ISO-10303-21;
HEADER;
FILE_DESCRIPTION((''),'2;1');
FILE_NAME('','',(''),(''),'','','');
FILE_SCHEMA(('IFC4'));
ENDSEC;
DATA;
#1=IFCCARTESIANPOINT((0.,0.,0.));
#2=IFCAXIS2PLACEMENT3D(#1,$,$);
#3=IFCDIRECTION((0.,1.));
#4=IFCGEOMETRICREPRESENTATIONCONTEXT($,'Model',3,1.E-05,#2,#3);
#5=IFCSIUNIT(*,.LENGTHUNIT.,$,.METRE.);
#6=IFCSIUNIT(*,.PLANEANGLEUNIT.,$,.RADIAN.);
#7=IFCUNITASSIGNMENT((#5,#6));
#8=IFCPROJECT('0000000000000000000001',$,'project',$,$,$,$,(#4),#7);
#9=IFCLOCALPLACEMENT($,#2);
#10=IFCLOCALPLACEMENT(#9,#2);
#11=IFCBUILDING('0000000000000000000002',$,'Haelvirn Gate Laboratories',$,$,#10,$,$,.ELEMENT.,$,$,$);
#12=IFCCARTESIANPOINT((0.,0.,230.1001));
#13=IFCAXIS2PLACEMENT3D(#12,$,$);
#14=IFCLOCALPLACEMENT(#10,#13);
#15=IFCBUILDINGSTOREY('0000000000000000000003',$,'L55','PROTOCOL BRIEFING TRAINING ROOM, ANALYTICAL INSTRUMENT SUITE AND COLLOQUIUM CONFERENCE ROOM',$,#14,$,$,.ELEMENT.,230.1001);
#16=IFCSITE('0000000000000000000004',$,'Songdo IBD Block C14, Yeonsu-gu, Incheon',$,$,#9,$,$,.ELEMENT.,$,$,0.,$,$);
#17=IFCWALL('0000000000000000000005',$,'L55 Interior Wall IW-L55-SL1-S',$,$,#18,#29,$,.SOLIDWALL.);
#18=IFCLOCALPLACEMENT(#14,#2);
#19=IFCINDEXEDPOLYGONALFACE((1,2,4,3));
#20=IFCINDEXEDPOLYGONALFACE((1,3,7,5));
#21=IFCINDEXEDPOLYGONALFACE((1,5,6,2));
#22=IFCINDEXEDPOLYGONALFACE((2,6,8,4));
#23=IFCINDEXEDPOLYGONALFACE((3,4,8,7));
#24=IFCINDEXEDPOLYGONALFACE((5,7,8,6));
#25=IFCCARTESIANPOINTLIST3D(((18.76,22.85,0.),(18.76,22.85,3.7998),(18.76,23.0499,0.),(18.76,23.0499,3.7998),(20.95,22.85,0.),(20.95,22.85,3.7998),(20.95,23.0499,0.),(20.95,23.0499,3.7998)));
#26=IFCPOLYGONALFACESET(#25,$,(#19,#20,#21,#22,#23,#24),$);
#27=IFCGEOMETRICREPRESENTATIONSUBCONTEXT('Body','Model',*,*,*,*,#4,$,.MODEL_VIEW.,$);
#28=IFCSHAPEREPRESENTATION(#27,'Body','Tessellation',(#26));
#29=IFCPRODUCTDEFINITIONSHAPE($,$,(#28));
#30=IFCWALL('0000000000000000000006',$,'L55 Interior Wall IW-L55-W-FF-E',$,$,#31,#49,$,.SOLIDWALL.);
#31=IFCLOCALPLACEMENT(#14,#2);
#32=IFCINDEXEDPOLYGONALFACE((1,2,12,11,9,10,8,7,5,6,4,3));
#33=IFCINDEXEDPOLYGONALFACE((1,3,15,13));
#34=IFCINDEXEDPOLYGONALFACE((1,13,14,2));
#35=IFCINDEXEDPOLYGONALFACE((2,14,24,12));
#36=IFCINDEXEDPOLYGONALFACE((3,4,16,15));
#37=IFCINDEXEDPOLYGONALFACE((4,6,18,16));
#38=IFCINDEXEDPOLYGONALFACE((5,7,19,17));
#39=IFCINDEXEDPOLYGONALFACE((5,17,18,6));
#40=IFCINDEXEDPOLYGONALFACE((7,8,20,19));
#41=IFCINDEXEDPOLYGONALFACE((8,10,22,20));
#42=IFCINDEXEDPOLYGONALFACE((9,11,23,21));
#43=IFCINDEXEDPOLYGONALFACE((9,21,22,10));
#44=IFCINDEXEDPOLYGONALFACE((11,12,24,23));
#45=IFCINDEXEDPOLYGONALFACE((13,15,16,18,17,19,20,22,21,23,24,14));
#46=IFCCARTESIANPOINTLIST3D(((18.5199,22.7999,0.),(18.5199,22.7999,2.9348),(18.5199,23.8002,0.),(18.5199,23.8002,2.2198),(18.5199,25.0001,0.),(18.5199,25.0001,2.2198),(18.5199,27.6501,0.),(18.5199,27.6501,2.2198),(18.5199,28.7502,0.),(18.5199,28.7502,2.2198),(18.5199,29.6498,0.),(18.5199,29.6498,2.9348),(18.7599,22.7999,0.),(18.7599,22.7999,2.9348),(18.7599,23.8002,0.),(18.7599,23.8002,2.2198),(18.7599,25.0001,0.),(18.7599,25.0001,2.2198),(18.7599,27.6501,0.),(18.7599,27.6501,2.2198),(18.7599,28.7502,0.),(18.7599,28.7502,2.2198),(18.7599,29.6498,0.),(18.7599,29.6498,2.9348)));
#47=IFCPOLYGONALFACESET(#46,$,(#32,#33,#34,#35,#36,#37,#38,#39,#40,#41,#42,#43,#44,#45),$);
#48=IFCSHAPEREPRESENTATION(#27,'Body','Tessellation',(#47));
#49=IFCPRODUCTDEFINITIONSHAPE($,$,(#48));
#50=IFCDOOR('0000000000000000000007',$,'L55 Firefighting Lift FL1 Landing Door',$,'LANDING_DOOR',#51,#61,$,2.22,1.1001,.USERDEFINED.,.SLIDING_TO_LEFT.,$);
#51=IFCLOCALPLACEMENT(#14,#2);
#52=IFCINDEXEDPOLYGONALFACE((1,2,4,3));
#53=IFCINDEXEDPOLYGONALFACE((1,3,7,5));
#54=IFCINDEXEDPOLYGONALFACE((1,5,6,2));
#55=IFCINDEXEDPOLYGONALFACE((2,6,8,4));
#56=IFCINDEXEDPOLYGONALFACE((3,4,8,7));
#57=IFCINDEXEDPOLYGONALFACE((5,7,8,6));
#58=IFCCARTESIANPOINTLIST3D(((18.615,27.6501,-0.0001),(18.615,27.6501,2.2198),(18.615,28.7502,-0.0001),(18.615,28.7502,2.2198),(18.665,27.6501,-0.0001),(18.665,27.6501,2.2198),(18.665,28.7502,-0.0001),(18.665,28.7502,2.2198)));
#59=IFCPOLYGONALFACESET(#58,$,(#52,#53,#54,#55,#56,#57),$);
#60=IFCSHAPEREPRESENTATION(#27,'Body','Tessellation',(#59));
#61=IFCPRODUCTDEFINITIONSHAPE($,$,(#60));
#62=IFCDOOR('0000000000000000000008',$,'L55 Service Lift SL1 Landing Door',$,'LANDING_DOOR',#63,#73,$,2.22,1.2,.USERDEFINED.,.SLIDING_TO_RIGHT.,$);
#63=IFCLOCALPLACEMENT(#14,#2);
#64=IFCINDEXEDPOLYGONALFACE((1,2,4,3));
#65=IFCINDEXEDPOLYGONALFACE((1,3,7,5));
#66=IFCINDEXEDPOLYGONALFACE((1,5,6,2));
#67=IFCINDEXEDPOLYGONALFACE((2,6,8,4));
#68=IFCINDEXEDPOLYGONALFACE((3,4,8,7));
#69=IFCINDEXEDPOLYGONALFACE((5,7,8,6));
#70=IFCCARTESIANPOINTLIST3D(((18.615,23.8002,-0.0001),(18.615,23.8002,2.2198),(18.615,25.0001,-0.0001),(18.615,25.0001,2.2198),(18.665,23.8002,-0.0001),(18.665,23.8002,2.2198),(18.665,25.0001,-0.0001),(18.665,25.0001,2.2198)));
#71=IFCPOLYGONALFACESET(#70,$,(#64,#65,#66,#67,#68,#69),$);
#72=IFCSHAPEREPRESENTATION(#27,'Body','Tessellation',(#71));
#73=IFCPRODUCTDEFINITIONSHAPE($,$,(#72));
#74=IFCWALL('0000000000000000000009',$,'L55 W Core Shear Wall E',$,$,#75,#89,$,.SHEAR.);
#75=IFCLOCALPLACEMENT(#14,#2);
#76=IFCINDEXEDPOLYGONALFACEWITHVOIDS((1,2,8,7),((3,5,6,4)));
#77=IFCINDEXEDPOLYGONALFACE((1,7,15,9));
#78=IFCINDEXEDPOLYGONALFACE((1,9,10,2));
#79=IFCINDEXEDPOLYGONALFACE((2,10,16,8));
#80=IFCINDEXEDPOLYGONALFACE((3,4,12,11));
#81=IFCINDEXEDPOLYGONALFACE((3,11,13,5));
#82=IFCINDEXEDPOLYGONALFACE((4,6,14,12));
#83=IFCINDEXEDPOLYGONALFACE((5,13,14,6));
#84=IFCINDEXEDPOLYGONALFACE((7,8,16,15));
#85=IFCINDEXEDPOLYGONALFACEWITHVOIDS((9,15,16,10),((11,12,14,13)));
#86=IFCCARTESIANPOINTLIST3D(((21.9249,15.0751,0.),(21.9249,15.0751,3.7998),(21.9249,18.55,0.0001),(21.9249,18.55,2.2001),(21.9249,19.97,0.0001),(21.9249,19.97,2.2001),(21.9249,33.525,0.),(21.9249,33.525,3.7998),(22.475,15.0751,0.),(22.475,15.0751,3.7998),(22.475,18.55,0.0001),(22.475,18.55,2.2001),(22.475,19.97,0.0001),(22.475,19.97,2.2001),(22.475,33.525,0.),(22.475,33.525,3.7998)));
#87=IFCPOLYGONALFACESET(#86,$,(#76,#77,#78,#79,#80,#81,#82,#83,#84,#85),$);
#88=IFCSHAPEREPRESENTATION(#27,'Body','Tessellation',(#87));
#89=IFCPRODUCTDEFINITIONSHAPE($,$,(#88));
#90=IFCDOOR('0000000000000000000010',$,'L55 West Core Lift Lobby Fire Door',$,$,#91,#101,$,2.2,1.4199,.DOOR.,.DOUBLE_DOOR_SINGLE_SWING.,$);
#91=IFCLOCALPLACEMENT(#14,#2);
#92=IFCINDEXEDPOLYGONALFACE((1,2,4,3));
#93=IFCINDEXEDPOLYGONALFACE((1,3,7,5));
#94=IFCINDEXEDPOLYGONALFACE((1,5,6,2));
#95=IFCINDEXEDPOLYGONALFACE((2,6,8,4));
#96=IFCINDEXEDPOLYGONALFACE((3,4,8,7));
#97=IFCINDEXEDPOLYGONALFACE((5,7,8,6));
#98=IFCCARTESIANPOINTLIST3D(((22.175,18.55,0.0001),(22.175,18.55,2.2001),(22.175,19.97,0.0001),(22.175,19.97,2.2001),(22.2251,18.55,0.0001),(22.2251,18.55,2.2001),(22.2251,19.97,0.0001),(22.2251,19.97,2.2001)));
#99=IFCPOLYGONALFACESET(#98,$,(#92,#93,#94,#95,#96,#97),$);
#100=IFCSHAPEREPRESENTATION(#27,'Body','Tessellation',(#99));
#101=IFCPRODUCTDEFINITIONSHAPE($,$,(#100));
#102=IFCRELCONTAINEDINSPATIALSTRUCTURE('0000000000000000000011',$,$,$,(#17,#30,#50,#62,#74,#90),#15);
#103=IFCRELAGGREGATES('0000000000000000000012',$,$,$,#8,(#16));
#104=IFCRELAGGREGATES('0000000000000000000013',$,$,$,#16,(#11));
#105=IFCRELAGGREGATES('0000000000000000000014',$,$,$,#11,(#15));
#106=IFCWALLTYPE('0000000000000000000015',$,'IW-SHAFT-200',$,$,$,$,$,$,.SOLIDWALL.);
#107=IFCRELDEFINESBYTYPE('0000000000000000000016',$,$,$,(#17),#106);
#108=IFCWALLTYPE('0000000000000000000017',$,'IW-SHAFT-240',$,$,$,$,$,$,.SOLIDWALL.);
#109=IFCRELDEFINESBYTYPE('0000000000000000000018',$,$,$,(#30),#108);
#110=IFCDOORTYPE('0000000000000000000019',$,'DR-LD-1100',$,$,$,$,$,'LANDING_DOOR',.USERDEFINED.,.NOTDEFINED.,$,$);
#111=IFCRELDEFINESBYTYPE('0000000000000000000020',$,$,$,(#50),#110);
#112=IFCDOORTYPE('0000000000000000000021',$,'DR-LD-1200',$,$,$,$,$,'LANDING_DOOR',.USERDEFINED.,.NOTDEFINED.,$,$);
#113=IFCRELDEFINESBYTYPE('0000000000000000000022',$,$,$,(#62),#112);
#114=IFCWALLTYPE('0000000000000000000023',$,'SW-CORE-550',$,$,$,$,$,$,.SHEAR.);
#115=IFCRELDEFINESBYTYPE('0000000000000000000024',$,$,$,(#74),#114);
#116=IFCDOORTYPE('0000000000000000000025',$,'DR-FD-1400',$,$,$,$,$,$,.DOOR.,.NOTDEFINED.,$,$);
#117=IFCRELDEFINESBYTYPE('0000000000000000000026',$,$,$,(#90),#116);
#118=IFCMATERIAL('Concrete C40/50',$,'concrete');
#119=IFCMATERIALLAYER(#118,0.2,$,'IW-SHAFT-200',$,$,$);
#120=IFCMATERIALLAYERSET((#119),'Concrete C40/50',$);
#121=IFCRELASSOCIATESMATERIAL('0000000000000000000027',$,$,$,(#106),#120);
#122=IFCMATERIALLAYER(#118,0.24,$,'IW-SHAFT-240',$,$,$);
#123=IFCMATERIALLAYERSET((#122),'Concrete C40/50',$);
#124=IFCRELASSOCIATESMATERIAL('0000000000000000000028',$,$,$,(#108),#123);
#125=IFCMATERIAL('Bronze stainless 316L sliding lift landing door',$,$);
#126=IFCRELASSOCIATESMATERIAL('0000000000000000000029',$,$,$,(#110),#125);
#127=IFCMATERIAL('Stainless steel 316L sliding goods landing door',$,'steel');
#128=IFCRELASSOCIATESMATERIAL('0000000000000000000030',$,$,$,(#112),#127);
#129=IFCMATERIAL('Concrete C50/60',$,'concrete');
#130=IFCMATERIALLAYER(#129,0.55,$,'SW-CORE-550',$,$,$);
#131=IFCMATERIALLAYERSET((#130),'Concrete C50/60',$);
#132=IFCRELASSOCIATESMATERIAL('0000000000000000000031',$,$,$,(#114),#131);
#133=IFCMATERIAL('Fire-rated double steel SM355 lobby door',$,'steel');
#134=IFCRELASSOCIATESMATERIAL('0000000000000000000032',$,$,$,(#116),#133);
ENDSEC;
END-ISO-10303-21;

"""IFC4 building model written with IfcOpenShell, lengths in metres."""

from ifc_helpers import new_model, si_unit, direction, frame, frame_2d, origin, place, context, subcontext, project, spatial, rectangle, extrude, source, transform, mapped, material, layer, layer_set, type_object, type_shapes, element, fill, save


model = new_model("IFC4")

# Units and contexts
model_context = context("Model", 3, precision=1e-05, world=origin(), true_north=direction((0.0, 1.0)))
body_context = subcontext(model_context, "Body", "Model", "MODEL_VIEW")
ifc_project = project(units=[si_unit("LENGTHUNIT", "METRE"), si_unit("PLANEANGLEUNIT", "RADIAN")], contexts=[model_context])

# Site, building, storey
site_placement = place(None, origin())
site = spatial("IfcSite", under=ifc_project, at=site_placement, Name="Songdo IBD Block C14, Yeonsu-gu, Incheon", CompositionType="ELEMENT", RefElevation=0.0)
building_placement = place(site_placement, origin())
building = spatial("IfcBuilding", under=site, at=building_placement, Name="Haelvirn Gate Laboratories", CompositionType="ELEMENT")
storey_placement = place(building_placement, frame((0.0, 0.0, 230.1001)))
storey = spatial("IfcBuildingStorey", under=building, at=storey_placement, Name="L55", Description="PROTOCOL BRIEFING TRAINING ROOM, ANALYTICAL INSTRUMENT SUITE AND COLLOQUIUM CONFERENCE ROOM", CompositionType="ELEMENT", Elevation=230.1001)

# Wall
ifc_material_1 = material(Name="Concrete C40/50", Category="concrete")
ifc_layer_1 = layer(ifc_material_1, 0.2, Name="IW-SHAFT-200")
ifc_layer_set_1 = layer_set([ifc_layer_1], Name="Concrete C40/50")
wall_type_1 = type_object("IfcWallType", Name="IW-SHAFT-200", PredefinedType="SOLIDWALL", material=ifc_layer_set_1)
wall_1_placement = place(storey_placement, frame((18.76, 22.95, 0.0), z_axis=(0.0, 0.0, 1.0), x_axis=(1.0, 0.0, 0.0)))
element("IfcWall", 1, at=wall_1_placement, inside=storey, type_object=wall_type_1, Name="L55 Interior Wall IW-L55-SL1-S", PredefinedType="SOLIDWALL", context=body_context, shape_type="SweptSolid", body=[
    extrude(rectangle(XDim=2.1899, YDim=0.2, at=frame_2d((1.095, 0.0))), origin(), (0.0, 0.0, 1.0), 3.7998),
])

# Wall, openings, doors
ifc_layer_2 = layer(ifc_material_1, 0.24, Name="IW-SHAFT-240")
ifc_layer_set_2 = layer_set([ifc_layer_2], Name="Concrete C40/50")
wall_type_2 = type_object("IfcWallType", Name="IW-SHAFT-240", PredefinedType="SOLIDWALL", material=ifc_layer_set_2)
wall_2_placement = place(storey_placement, frame((18.6399, 22.8, 0.0), z_axis=(0.0, 0.0, 1.0), x_axis=(0.0, 1.0, 0.0)))
wall_2 = element("IfcWall", 2, at=wall_2_placement, inside=storey, type_object=wall_type_2, Name="L55 Interior Wall IW-L55-W-FF-E", PredefinedType="SOLIDWALL", context=body_context, shape_type="SweptSolid", body=[
    extrude(rectangle(XDim=6.8499, YDim=0.24, at=frame_2d((3.4248, 0.0))), origin(), (0.0, 0.0, 1.0), 2.9348),
])
opening_1_placement = place(wall_2_placement, frame((4.8501, 0.0, 0.0)))
opening_1 = element("IfcOpeningElement", 3, at=opening_1_placement, cuts=wall_2, PredefinedType="OPENING", context=body_context, shape_type="SweptSolid", body=[
    extrude(rectangle(XDim=1.1001, YDim=2.22, at=frame_2d((0.55, 1.1099))), frame((0.0, 0.1299, 0.0), z_axis=(0.0, -1.0, 0.0), x_axis=(1.0, 0.0, 0.0)), (0.0, 0.0, 1.0), 0.26),
])
opening_2_placement = place(wall_2_placement, frame((1.0, 0.0, 0.0)))
opening_2 = element("IfcOpeningElement", 4, at=opening_2_placement, cuts=wall_2, PredefinedType="OPENING", context=body_context, shape_type="SweptSolid", body=[
    extrude(rectangle(XDim=1.2, YDim=2.22, at=frame_2d((0.6001, 1.1099))), frame((0.0, 0.1299, 0.0), z_axis=(0.0, -1.0, 0.0), x_axis=(1.0, 0.0, 0.0)), (0.0, 0.0, 1.0), 0.26),
])
ifc_material_2 = material(Name="Bronze stainless 316L sliding lift landing door")
door_type_1 = type_object("IfcDoorType", Name="DR-LD-1100", ElementType="LANDING_DOOR", OperationType="NOTDEFINED", PredefinedType="USERDEFINED", material=ifc_material_2)
shared_shape_1 = source(origin(), body_context, "Body", "SweptSolid", [
    extrude(rectangle(XDim=1.1001, YDim=2.22, at=frame_2d((0.55, 1.1099))), frame((0.0, 0.0249, 0.0), z_axis=(0.0, -1.0, 0.0), x_axis=(1.0, 0.0, 0.0)), (0.0, 0.0, 1.0), 0.05),
])
type_shapes(door_type_1, [shared_shape_1])
door_1_placement = place(opening_1_placement, origin())
door_1 = element("IfcDoor", 5, at=door_1_placement, inside=storey, type_object=door_type_1, Name="L55 Firefighting Lift FL1 Landing Door", ObjectType="LANDING_DOOR", OperationType="SLIDING_TO_LEFT", OverallHeight=2.22, OverallWidth=1.1001, PredefinedType="USERDEFINED", context=body_context, shape_type="MappedRepresentation", body=[
    mapped(shared_shape_1, transform((0.0, 0.0, 0.0), scale=1.0)),
])
fill(opening_1, door_1)
ifc_material_3 = material(Name="Stainless steel 316L sliding goods landing door", Category="steel")
door_type_2 = type_object("IfcDoorType", Name="DR-LD-1200", ElementType="LANDING_DOOR", OperationType="NOTDEFINED", PredefinedType="USERDEFINED", material=ifc_material_3)
shared_shape_2 = source(origin(), body_context, "Body", "SweptSolid", [
    extrude(rectangle(XDim=1.2, YDim=2.22, at=frame_2d((0.6001, 1.1099))), frame((0.0, 0.0249, 0.0), z_axis=(0.0, -1.0, 0.0), x_axis=(1.0, 0.0, 0.0)), (0.0, 0.0, 1.0), 0.05),
])
type_shapes(door_type_2, [shared_shape_2])
door_2_placement = place(opening_2_placement, origin())
door_2 = element("IfcDoor", 6, at=door_2_placement, inside=storey, type_object=door_type_2, Name="L55 Service Lift SL1 Landing Door", ObjectType="LANDING_DOOR", OperationType="SLIDING_TO_RIGHT", OverallHeight=2.22, OverallWidth=1.2, PredefinedType="USERDEFINED", context=body_context, shape_type="MappedRepresentation", body=[
    mapped(shared_shape_2, transform((0.0, 0.0, 0.0), scale=1.0)),
])
fill(opening_2, door_2)

# Wall, opening, door
ifc_material_4 = material(Name="Concrete C50/60", Category="concrete")
ifc_layer_3 = layer(ifc_material_4, 0.55, Name="SW-CORE-550")
ifc_layer_set_3 = layer_set([ifc_layer_3], Name="Concrete C50/60")
wall_type_3 = type_object("IfcWallType", Name="SW-CORE-550", PredefinedType="SHEAR", material=ifc_layer_set_3)
wall_3_placement = place(storey_placement, frame((22.2, 15.075, 0.0), z_axis=(0.0, 0.0, 1.0), x_axis=(0.0, 1.0, 0.0)))
wall_3 = element("IfcWall", 7, at=wall_3_placement, inside=storey, type_object=wall_type_3, Name="L55 W Core Shear Wall E", PredefinedType="SHEAR", context=body_context, shape_type="SweptSolid", body=[
    extrude(rectangle(XDim=18.45, YDim=0.55, at=frame_2d((9.2251, 0.0))), origin(), (0.0, 0.0, 1.0), 3.7998),
])
opening_3_placement = place(wall_3_placement, frame((3.4751, 0.0, 0.0)))
opening_3 = element("IfcOpeningElement", 8, at=opening_3_placement, cuts=wall_3, PredefinedType="OPENING", context=body_context, shape_type="SweptSolid", body=[
    extrude(rectangle(XDim=1.4199, YDim=2.2, at=frame_2d((0.71, 1.1001))), frame((0.0, 0.2852, 0.0), z_axis=(0.0, -1.0, 0.0), x_axis=(1.0, 0.0, 0.0)), (0.0, 0.0, 1.0), 0.5701),
])
ifc_material_5 = material(Name="Fire-rated double steel SM355 lobby door", Category="steel")
door_type_3 = type_object("IfcDoorType", Name="DR-FD-1400", OperationType="NOTDEFINED", PredefinedType="DOOR", material=ifc_material_5)
shared_shape_3 = source(origin(), body_context, "Body", "SweptSolid", [
    extrude(rectangle(XDim=1.4199, YDim=2.2, at=frame_2d((0.71, 1.1001))), frame((0.0, 0.0249, 0.0), z_axis=(0.0, -1.0, 0.0), x_axis=(1.0, 0.0, 0.0)), (0.0, 0.0, 1.0), 0.05),
])
type_shapes(door_type_3, [shared_shape_3])
door_3_placement = place(opening_3_placement, origin())
door_3 = element("IfcDoor", 9, at=door_3_placement, inside=storey, type_object=door_type_3, Name="L55 West Core Lift Lobby Fire Door", OperationType="DOUBLE_DOOR_SINGLE_SWING", OverallHeight=2.2, OverallWidth=1.4199, PredefinedType="DOOR", context=body_context, shape_type="MappedRepresentation", body=[
    mapped(shared_shape_3, transform((0.0, 0.0, 0.0), scale=1.0)),
])
fill(opening_3, door_3)

save(model, "model.ifc")
